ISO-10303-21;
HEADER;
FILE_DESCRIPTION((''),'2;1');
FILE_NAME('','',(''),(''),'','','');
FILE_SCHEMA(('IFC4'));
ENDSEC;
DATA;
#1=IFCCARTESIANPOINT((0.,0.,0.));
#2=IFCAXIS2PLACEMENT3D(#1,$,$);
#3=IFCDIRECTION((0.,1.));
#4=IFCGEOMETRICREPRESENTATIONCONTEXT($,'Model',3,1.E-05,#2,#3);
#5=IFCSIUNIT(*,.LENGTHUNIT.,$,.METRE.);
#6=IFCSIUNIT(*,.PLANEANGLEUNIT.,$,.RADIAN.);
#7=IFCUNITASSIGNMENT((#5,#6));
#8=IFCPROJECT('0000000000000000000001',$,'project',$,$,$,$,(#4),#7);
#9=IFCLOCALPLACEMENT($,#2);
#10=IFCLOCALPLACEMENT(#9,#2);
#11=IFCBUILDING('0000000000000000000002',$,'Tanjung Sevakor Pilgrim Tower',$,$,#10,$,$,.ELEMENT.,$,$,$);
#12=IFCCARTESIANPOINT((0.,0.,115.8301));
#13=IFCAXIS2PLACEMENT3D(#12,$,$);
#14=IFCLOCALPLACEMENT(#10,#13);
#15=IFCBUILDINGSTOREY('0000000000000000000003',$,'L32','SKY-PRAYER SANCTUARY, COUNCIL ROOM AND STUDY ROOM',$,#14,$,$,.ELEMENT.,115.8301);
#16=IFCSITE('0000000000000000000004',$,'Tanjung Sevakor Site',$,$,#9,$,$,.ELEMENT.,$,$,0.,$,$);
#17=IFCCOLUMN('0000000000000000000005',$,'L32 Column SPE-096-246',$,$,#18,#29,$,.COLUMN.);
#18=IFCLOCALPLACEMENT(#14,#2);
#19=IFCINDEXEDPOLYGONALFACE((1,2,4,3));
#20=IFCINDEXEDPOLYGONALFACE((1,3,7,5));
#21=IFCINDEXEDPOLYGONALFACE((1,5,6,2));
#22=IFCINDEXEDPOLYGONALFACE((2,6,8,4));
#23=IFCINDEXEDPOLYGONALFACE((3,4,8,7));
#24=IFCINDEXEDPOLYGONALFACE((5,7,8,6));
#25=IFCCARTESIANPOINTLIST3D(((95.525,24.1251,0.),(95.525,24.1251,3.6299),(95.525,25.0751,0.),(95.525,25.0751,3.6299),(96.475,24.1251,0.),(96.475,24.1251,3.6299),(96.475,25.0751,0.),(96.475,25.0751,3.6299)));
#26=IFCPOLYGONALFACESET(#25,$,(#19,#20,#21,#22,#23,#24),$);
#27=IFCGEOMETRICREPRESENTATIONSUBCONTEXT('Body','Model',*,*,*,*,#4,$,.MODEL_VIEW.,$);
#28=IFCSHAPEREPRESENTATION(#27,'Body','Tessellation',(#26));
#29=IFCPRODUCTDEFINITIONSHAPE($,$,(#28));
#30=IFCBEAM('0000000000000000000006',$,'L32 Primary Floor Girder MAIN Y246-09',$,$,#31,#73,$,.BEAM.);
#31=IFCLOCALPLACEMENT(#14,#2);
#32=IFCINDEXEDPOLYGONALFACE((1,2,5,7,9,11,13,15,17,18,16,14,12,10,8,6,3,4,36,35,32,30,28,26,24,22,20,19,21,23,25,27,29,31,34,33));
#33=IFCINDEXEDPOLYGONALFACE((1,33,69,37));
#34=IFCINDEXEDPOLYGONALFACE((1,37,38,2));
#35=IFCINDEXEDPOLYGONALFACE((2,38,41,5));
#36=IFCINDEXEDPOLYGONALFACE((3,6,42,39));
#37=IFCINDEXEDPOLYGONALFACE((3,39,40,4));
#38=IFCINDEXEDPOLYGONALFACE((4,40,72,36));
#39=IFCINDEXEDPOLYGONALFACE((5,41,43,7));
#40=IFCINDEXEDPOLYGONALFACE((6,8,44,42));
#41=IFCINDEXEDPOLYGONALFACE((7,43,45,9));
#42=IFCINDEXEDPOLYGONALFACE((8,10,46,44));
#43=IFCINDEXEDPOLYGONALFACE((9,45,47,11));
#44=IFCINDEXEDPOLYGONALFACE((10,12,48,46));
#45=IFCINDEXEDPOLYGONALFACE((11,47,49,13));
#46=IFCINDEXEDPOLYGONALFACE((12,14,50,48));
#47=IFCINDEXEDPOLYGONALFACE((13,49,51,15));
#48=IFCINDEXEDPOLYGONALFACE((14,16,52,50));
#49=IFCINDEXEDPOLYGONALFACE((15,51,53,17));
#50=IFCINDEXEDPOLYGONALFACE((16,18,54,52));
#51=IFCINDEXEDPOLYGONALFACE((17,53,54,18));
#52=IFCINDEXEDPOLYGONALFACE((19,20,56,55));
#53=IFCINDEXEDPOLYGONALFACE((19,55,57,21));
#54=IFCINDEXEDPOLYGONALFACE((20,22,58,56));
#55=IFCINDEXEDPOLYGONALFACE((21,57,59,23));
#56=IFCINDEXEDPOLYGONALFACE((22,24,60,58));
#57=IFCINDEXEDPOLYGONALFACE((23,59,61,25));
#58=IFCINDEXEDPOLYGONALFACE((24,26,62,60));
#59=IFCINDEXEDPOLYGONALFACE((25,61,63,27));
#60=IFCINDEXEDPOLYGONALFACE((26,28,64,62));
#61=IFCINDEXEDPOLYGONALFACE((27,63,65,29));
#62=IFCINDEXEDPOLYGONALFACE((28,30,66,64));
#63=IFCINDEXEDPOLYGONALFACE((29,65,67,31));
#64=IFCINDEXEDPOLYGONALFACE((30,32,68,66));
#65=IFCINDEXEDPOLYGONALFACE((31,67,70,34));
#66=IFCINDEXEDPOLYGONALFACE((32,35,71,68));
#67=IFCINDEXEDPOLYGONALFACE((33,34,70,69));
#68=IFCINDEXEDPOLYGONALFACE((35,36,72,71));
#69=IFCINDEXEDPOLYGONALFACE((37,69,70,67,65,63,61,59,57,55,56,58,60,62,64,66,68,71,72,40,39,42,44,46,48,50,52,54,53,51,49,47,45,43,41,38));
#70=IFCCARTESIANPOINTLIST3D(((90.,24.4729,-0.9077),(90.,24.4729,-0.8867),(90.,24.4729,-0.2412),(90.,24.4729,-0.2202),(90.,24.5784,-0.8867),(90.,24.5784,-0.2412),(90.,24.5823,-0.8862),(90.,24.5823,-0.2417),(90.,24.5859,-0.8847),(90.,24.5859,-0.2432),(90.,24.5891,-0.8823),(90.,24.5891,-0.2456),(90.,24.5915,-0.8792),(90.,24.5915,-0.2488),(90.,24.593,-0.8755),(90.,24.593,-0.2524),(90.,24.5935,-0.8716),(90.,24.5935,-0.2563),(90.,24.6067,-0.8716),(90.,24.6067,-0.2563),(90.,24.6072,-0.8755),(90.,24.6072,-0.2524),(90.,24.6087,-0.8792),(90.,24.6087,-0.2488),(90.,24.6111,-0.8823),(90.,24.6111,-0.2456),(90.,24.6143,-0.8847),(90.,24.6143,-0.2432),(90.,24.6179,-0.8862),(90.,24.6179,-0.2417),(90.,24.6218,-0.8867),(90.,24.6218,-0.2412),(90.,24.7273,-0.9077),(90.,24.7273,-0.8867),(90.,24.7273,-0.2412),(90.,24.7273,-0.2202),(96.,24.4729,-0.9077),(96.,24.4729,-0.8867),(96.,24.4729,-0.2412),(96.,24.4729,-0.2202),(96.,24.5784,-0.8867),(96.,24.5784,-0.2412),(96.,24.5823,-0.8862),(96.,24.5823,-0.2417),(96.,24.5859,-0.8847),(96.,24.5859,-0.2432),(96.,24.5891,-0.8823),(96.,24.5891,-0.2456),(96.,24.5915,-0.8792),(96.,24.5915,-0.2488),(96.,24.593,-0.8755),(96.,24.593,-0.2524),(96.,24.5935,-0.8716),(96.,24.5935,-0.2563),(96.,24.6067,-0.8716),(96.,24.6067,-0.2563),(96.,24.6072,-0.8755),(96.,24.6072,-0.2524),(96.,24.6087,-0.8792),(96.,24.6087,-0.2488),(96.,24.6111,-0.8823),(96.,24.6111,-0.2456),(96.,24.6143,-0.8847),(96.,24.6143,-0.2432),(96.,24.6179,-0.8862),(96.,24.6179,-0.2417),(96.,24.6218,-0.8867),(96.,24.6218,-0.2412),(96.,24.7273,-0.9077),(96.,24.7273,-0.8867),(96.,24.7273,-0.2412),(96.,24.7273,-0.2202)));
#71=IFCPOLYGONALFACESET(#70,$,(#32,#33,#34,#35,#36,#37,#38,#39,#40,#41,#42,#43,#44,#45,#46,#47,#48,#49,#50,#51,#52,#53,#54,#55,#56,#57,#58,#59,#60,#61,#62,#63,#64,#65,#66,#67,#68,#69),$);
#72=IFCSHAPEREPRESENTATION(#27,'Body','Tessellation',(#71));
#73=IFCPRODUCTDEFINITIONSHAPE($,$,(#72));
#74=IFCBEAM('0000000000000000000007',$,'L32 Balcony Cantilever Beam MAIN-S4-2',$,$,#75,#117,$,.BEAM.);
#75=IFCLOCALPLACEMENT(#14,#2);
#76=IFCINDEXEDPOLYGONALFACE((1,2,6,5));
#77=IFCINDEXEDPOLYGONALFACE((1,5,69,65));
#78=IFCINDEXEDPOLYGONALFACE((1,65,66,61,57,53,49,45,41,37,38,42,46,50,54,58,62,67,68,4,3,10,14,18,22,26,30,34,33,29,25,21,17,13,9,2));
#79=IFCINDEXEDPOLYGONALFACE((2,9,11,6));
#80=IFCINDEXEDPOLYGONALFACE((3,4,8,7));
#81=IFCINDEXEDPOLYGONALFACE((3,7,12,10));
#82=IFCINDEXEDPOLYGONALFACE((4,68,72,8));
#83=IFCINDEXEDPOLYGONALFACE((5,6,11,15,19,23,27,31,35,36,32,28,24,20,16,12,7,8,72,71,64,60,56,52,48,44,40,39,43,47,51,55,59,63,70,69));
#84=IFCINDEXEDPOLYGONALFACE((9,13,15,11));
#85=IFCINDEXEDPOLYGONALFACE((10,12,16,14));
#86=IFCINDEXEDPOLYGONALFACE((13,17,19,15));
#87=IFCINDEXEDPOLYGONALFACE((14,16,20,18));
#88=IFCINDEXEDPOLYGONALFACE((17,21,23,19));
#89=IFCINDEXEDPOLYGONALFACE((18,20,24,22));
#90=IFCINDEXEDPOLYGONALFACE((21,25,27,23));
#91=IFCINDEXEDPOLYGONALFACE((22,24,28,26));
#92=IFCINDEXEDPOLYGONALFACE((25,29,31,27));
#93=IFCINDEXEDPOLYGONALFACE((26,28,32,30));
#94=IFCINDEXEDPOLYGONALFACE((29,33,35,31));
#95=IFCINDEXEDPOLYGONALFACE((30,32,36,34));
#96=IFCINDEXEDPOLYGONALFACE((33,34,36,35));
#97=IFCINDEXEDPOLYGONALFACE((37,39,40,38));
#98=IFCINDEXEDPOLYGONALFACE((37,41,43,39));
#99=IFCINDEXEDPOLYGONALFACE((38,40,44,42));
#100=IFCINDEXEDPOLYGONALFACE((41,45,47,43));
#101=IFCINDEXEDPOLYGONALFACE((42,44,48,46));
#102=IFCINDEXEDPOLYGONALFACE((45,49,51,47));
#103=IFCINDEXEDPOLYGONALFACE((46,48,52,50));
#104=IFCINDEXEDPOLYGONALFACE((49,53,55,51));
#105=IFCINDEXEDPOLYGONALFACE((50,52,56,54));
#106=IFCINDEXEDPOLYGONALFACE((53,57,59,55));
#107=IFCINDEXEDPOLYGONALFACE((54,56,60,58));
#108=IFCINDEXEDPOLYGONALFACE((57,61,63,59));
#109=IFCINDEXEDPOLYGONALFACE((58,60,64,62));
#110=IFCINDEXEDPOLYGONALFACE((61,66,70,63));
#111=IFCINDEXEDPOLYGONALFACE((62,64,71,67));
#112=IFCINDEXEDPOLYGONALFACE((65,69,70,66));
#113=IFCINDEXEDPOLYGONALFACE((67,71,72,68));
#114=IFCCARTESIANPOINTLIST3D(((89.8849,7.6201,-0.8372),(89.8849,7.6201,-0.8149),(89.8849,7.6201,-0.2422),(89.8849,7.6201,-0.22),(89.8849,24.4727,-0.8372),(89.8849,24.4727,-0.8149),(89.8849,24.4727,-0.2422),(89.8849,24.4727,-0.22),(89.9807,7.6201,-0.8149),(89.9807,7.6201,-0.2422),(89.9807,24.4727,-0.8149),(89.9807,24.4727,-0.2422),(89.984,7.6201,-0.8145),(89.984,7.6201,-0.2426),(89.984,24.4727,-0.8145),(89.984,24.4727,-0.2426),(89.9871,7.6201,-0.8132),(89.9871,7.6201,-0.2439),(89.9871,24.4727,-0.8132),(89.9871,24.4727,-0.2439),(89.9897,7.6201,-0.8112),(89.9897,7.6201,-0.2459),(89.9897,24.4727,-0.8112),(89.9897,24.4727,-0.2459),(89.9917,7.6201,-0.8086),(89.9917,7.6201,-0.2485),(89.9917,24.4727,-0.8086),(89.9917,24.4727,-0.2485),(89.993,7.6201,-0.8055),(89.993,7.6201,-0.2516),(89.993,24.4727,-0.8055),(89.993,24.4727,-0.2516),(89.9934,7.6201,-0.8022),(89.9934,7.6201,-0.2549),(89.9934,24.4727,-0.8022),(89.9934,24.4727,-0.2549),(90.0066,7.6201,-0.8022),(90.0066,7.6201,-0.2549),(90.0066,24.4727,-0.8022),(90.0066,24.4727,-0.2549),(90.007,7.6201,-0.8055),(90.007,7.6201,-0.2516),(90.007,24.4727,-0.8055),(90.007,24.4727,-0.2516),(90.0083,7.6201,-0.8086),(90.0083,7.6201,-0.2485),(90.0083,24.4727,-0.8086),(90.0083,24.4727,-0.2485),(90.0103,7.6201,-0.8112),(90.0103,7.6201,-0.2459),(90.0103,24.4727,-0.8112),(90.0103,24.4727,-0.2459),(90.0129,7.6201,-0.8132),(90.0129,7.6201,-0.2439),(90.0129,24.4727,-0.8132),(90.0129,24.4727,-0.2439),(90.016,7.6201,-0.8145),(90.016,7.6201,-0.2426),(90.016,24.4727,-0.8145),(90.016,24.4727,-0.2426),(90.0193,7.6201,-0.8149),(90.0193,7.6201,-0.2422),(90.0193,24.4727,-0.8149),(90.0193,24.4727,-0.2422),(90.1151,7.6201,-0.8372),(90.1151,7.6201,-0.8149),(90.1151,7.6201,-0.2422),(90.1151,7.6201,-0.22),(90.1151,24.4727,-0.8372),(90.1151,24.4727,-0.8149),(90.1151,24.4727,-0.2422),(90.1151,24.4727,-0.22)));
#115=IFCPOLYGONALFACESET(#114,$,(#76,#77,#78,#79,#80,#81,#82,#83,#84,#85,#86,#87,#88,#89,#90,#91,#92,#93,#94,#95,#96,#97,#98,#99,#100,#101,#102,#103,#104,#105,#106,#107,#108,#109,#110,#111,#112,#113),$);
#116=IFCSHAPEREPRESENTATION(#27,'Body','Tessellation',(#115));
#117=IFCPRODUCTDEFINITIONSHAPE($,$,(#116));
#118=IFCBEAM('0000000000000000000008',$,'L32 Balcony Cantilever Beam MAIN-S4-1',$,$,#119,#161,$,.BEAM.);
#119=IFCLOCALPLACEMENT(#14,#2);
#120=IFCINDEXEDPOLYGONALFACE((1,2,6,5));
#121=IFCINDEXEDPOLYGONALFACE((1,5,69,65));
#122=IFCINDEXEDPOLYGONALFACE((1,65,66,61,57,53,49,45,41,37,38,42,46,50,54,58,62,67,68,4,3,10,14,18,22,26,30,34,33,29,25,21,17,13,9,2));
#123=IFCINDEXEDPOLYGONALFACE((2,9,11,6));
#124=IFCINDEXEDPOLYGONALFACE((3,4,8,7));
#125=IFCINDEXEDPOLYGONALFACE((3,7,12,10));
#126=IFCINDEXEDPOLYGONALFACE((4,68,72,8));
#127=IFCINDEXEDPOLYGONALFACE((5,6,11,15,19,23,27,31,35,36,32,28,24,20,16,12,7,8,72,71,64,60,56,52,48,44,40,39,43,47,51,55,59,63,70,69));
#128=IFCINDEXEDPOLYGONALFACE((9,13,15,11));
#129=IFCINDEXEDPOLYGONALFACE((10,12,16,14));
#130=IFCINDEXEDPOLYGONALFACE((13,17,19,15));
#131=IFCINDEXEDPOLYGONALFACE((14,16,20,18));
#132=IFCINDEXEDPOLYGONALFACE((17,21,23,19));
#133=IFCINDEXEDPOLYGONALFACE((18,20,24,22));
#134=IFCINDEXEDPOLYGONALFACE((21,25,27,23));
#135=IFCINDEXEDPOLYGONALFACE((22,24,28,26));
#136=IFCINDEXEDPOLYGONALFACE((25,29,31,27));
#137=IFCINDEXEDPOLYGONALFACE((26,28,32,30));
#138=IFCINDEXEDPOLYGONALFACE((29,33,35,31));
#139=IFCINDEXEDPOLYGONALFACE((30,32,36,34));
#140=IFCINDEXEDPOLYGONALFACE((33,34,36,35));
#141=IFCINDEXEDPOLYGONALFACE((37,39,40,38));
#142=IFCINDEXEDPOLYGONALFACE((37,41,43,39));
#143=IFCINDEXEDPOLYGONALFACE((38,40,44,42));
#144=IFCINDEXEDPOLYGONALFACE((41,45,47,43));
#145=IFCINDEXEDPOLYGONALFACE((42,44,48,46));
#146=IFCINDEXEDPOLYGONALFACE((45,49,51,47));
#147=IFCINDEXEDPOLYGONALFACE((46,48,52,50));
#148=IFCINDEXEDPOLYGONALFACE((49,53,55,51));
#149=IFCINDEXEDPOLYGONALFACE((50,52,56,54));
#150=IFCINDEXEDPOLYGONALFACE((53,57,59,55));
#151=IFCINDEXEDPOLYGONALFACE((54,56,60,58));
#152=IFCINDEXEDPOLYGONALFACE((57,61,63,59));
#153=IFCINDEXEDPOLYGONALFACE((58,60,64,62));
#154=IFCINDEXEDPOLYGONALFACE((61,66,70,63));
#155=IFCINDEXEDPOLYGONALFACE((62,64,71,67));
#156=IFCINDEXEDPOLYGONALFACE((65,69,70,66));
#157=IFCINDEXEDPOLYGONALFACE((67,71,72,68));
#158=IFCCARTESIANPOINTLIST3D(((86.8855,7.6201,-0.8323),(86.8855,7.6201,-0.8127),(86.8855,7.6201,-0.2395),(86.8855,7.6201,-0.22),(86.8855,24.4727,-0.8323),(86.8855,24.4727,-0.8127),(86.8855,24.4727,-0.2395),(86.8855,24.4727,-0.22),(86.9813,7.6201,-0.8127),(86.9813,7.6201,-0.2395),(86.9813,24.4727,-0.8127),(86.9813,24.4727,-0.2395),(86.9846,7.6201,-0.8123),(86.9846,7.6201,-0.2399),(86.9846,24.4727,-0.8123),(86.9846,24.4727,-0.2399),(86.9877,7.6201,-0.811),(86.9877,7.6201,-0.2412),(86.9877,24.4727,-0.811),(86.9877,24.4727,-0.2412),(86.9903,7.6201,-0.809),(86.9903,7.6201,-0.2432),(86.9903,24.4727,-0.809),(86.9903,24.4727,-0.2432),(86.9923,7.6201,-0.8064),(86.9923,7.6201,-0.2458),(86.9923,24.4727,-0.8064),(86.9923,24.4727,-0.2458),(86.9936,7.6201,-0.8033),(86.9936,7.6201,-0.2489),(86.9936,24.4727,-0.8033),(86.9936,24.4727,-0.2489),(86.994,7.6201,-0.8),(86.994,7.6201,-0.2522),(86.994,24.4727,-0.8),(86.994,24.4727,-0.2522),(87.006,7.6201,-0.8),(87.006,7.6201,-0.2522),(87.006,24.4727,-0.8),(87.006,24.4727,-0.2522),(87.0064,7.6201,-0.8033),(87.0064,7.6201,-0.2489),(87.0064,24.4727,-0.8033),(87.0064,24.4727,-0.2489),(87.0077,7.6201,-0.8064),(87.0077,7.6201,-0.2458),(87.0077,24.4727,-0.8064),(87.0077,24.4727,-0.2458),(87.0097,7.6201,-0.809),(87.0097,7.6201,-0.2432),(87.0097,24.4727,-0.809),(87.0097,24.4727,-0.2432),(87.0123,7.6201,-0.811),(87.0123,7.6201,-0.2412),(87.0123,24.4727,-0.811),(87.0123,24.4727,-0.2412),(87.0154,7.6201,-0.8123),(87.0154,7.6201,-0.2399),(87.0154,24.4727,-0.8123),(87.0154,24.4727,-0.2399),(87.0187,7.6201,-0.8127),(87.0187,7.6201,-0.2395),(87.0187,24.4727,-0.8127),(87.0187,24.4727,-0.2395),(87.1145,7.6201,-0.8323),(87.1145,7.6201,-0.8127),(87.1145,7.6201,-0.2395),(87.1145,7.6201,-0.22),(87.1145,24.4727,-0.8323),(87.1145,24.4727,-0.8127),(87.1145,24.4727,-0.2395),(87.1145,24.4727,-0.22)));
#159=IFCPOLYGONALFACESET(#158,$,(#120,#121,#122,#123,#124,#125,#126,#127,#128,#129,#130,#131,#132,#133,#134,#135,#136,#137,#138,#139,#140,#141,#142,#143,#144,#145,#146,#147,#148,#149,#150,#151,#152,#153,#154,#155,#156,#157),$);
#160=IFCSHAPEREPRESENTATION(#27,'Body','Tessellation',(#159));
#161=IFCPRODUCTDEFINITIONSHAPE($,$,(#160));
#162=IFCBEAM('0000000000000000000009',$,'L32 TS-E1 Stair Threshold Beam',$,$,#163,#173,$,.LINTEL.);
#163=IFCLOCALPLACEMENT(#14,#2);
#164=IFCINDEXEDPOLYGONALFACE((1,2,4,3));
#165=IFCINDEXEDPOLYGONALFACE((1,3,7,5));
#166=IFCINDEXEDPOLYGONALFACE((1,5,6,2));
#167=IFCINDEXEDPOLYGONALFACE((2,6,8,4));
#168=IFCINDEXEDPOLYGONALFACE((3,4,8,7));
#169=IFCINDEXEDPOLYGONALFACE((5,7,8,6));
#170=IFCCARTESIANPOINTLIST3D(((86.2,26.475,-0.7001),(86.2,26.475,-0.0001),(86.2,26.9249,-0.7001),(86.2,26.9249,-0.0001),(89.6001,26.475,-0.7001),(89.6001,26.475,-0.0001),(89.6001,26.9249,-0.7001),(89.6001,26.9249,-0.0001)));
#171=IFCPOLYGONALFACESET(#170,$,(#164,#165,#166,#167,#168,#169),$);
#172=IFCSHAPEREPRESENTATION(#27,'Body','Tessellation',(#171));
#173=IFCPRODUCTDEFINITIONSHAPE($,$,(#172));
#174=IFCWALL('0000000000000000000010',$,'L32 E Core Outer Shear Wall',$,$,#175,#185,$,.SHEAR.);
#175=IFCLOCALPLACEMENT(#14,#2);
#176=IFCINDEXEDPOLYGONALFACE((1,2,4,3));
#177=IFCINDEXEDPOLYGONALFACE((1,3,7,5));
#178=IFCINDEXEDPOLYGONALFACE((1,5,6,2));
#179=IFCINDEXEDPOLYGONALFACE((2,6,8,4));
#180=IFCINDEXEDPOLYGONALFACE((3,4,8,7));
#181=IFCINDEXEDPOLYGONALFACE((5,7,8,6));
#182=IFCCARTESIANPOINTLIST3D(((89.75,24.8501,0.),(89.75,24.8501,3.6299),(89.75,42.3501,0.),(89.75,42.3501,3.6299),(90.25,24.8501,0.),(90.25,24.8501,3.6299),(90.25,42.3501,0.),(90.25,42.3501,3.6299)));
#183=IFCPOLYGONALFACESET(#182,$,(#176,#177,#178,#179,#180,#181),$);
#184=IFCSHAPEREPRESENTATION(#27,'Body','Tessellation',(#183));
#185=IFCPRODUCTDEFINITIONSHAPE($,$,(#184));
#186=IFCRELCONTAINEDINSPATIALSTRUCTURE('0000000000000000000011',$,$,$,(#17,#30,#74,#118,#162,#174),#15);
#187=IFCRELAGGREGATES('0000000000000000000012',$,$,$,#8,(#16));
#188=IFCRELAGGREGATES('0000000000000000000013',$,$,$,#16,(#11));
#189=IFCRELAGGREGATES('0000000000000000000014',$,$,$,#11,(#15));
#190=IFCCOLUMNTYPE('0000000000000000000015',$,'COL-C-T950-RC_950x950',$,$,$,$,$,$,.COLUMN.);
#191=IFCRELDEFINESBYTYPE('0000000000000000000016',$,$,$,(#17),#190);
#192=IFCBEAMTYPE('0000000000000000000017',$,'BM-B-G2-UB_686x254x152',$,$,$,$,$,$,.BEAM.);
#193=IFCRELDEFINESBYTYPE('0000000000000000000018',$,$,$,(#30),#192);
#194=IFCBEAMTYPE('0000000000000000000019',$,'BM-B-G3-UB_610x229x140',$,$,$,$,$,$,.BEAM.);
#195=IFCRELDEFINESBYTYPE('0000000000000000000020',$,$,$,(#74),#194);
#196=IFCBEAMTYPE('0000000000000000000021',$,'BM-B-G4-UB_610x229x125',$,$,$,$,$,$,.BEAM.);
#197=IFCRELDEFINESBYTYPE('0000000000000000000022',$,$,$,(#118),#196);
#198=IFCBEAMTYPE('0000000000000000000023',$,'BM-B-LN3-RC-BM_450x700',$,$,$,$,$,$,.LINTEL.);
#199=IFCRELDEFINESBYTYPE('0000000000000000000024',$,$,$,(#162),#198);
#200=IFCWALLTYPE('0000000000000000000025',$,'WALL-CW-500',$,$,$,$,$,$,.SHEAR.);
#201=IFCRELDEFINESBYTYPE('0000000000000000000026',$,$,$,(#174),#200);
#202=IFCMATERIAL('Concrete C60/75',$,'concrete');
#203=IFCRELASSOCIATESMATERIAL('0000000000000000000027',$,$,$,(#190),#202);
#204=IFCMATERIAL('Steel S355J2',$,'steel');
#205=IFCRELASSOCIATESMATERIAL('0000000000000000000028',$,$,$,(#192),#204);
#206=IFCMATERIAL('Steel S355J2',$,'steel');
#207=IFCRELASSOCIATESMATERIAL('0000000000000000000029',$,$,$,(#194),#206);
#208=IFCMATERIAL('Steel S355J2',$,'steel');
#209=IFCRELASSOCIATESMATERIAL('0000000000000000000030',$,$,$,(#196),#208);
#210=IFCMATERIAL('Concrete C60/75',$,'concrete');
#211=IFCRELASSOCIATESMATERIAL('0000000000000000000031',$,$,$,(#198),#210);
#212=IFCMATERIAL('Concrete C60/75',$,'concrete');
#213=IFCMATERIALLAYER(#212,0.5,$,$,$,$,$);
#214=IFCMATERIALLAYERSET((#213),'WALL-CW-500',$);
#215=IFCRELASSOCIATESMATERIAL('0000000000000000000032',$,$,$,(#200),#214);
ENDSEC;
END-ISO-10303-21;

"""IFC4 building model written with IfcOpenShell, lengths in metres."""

from ifc_helpers import new_model, si_unit, direction, frame, frame_2d, origin, origin_2d, place, context, subcontext, project, spatial, rectangle, i_section, extrude, material, layer, layer_set, material_profile, profile_set, type_object, element, save


model = new_model("IFC4")

# Units and contexts
model_context = context("Model", 3, precision=1e-05, world=origin(), true_north=direction((0.0, 1.0)))
body_context = subcontext(model_context, "Body", "Model", "MODEL_VIEW")
ifc_project = project(units=[si_unit("LENGTHUNIT", "METRE"), si_unit("PLANEANGLEUNIT", "RADIAN")], contexts=[model_context])

# Site, building, storey
site_placement = place(None, origin())
site = spatial("IfcSite", under=ifc_project, at=site_placement, Name="Tanjung Sevakor Site", CompositionType="ELEMENT", RefElevation=0.0)
building_placement = place(site_placement, origin())
building = spatial("IfcBuilding", under=site, at=building_placement, Name="Tanjung Sevakor Pilgrim Tower", CompositionType="ELEMENT")
storey_placement = place(building_placement, frame((0.0, 0.0, 115.8301)))
storey = spatial("IfcBuildingStorey", under=building, at=storey_placement, Name="L32", Description="SKY-PRAYER SANCTUARY, COUNCIL ROOM AND STUDY ROOM", CompositionType="ELEMENT", Elevation=115.8301)

# Column
ifc_material_1 = material(Name="Concrete C60/75", Category="concrete")
ifc_material_profile_1 = material_profile(ifc_material_1, rectangle(XDim=0.95, YDim=0.95, at=origin_2d()))
ifc_profile_set_1 = profile_set([ifc_material_profile_1], Name="Concrete C60/75")
column_type = type_object("IfcColumnType", Name="COL-C-T950-RC_950x950", PredefinedType="COLUMN", material=ifc_profile_set_1)
column_placement = place(storey_placement, frame((96.0, 24.6001, 0.0), z_axis=(0.0, 0.0, 1.0), x_axis=(1.0, 0.0, 0.0)))
element("IfcColumn", 1, at=column_placement, inside=storey, type_object=column_type, Name="L32 Column SPE-096-246", PredefinedType="COLUMN", context=body_context, shape_type="SweptSolid", body=[
    extrude(rectangle(XDim=0.95, YDim=0.95, at=origin_2d()), origin(), (0.0, 0.0, 1.0), 3.6299),
])

# Beams
ifc_material_2 = material(Name="Steel S355J2", Category="steel")
ifc_material_profile_2 = material_profile(ifc_material_2, i_section(OverallWidth=0.2544, OverallDepth=0.6875, WebThickness=0.0132, FlangeThickness=0.021, FilletRadius=0.0151, at=origin_2d()))
ifc_profile_set_2 = profile_set([ifc_material_profile_2], Name="Steel S355J2")
beam_type_1 = type_object("IfcBeamType", Name="BM-B-G2-UB_686x254x152", PredefinedType="BEAM", material=ifc_profile_set_2)
beam_1_placement = place(storey_placement, frame((90.0, 24.6001, -0.564), z_axis=(1.0, 0.0, 0.0), x_axis=(0.0, 1.0, 0.0)))
element("IfcBeam", 2, at=beam_1_placement, inside=storey, type_object=beam_type_1, Name="L32 Primary Floor Girder MAIN Y246-09", PredefinedType="BEAM", context=body_context, shape_type="SweptSolid", body=[
    extrude(i_section(OverallWidth=0.2544, OverallDepth=0.6875, WebThickness=0.0132, FlangeThickness=0.021, FilletRadius=0.0151, at=origin_2d()), origin(), (0.0, 0.0, 1.0), 6.0),
])
ifc_material_3 = material(Name="Steel S355J2", Category="steel")
ifc_material_profile_3 = material_profile(ifc_material_3, i_section(OverallWidth=0.2302, OverallDepth=0.6172, WebThickness=0.0132, FlangeThickness=0.0222, FilletRadius=0.0127, at=origin_2d()))
ifc_profile_set_3 = profile_set([ifc_material_profile_3], Name="Steel S355J2")
beam_type_2 = type_object("IfcBeamType", Name="BM-B-G3-UB_610x229x140", PredefinedType="BEAM", material=ifc_profile_set_3)
beam_2_placement = place(storey_placement, frame((90.0, 24.4727, -0.5286), z_axis=(0.0, -1.0, 0.0), x_axis=(1.0, 0.0, 0.0)))
element("IfcBeam", 3, at=beam_2_placement, inside=storey, type_object=beam_type_2, Name="L32 Balcony Cantilever Beam MAIN-S4-2", PredefinedType="BEAM", context=body_context, shape_type="SweptSolid", body=[
    extrude(i_section(OverallWidth=0.2302, OverallDepth=0.6172, WebThickness=0.0132, FlangeThickness=0.0222, FilletRadius=0.0127, at=origin_2d()), origin(), (0.0, 0.0, 1.0), 16.8525),
])
ifc_material_4 = material(Name="Steel S355J2", Category="steel")
ifc_material_profile_4 = material_profile(ifc_material_4, i_section(OverallWidth=0.229, OverallDepth=0.6123, WebThickness=0.012, FlangeThickness=0.0195, FilletRadius=0.0127, at=origin_2d()))
ifc_profile_set_4 = profile_set([ifc_material_profile_4], Name="Steel S355J2")
beam_type_3 = type_object("IfcBeamType", Name="BM-B-G4-UB_610x229x125", PredefinedType="BEAM", material=ifc_profile_set_4)
beam_3_placement = place(storey_placement, frame((87.0, 24.4727, -0.5261), z_axis=(0.0, -1.0, 0.0), x_axis=(1.0, 0.0, 0.0)))
element("IfcBeam", 4, at=beam_3_placement, inside=storey, type_object=beam_type_3, Name="L32 Balcony Cantilever Beam MAIN-S4-1", PredefinedType="BEAM", context=body_context, shape_type="SweptSolid", body=[
    extrude(i_section(OverallWidth=0.229, OverallDepth=0.6123, WebThickness=0.012, FlangeThickness=0.0195, FilletRadius=0.0127, at=origin_2d()), origin(), (0.0, 0.0, 1.0), 16.8525),
])
ifc_material_5 = material(Name="Concrete C60/75", Category="concrete")
ifc_material_profile_5 = material_profile(ifc_material_5, rectangle(XDim=0.45, YDim=0.7, at=origin_2d()))
ifc_profile_set_5 = profile_set([ifc_material_profile_5], Name="Concrete C60/75")
beam_type_4 = type_object("IfcBeamType", Name="BM-B-LN3-RC-BM_450x700", PredefinedType="LINTEL", material=ifc_profile_set_5)
beam_4_placement = place(storey_placement, frame((86.2, 26.7, -0.3501), z_axis=(1.0, 0.0, 0.0), x_axis=(0.0, 1.0, 0.0)))
element("IfcBeam", 5, at=beam_4_placement, inside=storey, type_object=beam_type_4, Name="L32 TS-E1 Stair Threshold Beam", PredefinedType="LINTEL", context=body_context, shape_type="SweptSolid", body=[
    extrude(rectangle(XDim=0.45, YDim=0.7, at=origin_2d()), origin(), (0.0, 0.0, 1.0), 3.4001),
])

# Wall
ifc_material_6 = material(Name="Concrete C60/75", Category="concrete")
ifc_layer_1 = layer(ifc_material_6, 0.5)
ifc_layer_set_1 = layer_set([ifc_layer_1], Name="WALL-CW-500")
wall_type_1 = type_object("IfcWallType", Name="WALL-CW-500", PredefinedType="SHEAR", material=ifc_layer_set_1)
wall_1_placement = place(storey_placement, frame((90.0, 24.8501, 0.0), z_axis=(0.0, 0.0, 1.0), x_axis=(0.0, 1.0, 0.0)))
element("IfcWall", 6, at=wall_1_placement, inside=storey, type_object=wall_type_1, Name="L32 E Core Outer Shear Wall", PredefinedType="SHEAR", context=body_context, shape_type="SweptSolid", body=[
    extrude(rectangle(XDim=17.5, YDim=0.5, at=frame_2d((8.75, 0.0))), origin(), (0.0, 0.0, 1.0), 3.6299),
])

save(model, "model.ifc")
